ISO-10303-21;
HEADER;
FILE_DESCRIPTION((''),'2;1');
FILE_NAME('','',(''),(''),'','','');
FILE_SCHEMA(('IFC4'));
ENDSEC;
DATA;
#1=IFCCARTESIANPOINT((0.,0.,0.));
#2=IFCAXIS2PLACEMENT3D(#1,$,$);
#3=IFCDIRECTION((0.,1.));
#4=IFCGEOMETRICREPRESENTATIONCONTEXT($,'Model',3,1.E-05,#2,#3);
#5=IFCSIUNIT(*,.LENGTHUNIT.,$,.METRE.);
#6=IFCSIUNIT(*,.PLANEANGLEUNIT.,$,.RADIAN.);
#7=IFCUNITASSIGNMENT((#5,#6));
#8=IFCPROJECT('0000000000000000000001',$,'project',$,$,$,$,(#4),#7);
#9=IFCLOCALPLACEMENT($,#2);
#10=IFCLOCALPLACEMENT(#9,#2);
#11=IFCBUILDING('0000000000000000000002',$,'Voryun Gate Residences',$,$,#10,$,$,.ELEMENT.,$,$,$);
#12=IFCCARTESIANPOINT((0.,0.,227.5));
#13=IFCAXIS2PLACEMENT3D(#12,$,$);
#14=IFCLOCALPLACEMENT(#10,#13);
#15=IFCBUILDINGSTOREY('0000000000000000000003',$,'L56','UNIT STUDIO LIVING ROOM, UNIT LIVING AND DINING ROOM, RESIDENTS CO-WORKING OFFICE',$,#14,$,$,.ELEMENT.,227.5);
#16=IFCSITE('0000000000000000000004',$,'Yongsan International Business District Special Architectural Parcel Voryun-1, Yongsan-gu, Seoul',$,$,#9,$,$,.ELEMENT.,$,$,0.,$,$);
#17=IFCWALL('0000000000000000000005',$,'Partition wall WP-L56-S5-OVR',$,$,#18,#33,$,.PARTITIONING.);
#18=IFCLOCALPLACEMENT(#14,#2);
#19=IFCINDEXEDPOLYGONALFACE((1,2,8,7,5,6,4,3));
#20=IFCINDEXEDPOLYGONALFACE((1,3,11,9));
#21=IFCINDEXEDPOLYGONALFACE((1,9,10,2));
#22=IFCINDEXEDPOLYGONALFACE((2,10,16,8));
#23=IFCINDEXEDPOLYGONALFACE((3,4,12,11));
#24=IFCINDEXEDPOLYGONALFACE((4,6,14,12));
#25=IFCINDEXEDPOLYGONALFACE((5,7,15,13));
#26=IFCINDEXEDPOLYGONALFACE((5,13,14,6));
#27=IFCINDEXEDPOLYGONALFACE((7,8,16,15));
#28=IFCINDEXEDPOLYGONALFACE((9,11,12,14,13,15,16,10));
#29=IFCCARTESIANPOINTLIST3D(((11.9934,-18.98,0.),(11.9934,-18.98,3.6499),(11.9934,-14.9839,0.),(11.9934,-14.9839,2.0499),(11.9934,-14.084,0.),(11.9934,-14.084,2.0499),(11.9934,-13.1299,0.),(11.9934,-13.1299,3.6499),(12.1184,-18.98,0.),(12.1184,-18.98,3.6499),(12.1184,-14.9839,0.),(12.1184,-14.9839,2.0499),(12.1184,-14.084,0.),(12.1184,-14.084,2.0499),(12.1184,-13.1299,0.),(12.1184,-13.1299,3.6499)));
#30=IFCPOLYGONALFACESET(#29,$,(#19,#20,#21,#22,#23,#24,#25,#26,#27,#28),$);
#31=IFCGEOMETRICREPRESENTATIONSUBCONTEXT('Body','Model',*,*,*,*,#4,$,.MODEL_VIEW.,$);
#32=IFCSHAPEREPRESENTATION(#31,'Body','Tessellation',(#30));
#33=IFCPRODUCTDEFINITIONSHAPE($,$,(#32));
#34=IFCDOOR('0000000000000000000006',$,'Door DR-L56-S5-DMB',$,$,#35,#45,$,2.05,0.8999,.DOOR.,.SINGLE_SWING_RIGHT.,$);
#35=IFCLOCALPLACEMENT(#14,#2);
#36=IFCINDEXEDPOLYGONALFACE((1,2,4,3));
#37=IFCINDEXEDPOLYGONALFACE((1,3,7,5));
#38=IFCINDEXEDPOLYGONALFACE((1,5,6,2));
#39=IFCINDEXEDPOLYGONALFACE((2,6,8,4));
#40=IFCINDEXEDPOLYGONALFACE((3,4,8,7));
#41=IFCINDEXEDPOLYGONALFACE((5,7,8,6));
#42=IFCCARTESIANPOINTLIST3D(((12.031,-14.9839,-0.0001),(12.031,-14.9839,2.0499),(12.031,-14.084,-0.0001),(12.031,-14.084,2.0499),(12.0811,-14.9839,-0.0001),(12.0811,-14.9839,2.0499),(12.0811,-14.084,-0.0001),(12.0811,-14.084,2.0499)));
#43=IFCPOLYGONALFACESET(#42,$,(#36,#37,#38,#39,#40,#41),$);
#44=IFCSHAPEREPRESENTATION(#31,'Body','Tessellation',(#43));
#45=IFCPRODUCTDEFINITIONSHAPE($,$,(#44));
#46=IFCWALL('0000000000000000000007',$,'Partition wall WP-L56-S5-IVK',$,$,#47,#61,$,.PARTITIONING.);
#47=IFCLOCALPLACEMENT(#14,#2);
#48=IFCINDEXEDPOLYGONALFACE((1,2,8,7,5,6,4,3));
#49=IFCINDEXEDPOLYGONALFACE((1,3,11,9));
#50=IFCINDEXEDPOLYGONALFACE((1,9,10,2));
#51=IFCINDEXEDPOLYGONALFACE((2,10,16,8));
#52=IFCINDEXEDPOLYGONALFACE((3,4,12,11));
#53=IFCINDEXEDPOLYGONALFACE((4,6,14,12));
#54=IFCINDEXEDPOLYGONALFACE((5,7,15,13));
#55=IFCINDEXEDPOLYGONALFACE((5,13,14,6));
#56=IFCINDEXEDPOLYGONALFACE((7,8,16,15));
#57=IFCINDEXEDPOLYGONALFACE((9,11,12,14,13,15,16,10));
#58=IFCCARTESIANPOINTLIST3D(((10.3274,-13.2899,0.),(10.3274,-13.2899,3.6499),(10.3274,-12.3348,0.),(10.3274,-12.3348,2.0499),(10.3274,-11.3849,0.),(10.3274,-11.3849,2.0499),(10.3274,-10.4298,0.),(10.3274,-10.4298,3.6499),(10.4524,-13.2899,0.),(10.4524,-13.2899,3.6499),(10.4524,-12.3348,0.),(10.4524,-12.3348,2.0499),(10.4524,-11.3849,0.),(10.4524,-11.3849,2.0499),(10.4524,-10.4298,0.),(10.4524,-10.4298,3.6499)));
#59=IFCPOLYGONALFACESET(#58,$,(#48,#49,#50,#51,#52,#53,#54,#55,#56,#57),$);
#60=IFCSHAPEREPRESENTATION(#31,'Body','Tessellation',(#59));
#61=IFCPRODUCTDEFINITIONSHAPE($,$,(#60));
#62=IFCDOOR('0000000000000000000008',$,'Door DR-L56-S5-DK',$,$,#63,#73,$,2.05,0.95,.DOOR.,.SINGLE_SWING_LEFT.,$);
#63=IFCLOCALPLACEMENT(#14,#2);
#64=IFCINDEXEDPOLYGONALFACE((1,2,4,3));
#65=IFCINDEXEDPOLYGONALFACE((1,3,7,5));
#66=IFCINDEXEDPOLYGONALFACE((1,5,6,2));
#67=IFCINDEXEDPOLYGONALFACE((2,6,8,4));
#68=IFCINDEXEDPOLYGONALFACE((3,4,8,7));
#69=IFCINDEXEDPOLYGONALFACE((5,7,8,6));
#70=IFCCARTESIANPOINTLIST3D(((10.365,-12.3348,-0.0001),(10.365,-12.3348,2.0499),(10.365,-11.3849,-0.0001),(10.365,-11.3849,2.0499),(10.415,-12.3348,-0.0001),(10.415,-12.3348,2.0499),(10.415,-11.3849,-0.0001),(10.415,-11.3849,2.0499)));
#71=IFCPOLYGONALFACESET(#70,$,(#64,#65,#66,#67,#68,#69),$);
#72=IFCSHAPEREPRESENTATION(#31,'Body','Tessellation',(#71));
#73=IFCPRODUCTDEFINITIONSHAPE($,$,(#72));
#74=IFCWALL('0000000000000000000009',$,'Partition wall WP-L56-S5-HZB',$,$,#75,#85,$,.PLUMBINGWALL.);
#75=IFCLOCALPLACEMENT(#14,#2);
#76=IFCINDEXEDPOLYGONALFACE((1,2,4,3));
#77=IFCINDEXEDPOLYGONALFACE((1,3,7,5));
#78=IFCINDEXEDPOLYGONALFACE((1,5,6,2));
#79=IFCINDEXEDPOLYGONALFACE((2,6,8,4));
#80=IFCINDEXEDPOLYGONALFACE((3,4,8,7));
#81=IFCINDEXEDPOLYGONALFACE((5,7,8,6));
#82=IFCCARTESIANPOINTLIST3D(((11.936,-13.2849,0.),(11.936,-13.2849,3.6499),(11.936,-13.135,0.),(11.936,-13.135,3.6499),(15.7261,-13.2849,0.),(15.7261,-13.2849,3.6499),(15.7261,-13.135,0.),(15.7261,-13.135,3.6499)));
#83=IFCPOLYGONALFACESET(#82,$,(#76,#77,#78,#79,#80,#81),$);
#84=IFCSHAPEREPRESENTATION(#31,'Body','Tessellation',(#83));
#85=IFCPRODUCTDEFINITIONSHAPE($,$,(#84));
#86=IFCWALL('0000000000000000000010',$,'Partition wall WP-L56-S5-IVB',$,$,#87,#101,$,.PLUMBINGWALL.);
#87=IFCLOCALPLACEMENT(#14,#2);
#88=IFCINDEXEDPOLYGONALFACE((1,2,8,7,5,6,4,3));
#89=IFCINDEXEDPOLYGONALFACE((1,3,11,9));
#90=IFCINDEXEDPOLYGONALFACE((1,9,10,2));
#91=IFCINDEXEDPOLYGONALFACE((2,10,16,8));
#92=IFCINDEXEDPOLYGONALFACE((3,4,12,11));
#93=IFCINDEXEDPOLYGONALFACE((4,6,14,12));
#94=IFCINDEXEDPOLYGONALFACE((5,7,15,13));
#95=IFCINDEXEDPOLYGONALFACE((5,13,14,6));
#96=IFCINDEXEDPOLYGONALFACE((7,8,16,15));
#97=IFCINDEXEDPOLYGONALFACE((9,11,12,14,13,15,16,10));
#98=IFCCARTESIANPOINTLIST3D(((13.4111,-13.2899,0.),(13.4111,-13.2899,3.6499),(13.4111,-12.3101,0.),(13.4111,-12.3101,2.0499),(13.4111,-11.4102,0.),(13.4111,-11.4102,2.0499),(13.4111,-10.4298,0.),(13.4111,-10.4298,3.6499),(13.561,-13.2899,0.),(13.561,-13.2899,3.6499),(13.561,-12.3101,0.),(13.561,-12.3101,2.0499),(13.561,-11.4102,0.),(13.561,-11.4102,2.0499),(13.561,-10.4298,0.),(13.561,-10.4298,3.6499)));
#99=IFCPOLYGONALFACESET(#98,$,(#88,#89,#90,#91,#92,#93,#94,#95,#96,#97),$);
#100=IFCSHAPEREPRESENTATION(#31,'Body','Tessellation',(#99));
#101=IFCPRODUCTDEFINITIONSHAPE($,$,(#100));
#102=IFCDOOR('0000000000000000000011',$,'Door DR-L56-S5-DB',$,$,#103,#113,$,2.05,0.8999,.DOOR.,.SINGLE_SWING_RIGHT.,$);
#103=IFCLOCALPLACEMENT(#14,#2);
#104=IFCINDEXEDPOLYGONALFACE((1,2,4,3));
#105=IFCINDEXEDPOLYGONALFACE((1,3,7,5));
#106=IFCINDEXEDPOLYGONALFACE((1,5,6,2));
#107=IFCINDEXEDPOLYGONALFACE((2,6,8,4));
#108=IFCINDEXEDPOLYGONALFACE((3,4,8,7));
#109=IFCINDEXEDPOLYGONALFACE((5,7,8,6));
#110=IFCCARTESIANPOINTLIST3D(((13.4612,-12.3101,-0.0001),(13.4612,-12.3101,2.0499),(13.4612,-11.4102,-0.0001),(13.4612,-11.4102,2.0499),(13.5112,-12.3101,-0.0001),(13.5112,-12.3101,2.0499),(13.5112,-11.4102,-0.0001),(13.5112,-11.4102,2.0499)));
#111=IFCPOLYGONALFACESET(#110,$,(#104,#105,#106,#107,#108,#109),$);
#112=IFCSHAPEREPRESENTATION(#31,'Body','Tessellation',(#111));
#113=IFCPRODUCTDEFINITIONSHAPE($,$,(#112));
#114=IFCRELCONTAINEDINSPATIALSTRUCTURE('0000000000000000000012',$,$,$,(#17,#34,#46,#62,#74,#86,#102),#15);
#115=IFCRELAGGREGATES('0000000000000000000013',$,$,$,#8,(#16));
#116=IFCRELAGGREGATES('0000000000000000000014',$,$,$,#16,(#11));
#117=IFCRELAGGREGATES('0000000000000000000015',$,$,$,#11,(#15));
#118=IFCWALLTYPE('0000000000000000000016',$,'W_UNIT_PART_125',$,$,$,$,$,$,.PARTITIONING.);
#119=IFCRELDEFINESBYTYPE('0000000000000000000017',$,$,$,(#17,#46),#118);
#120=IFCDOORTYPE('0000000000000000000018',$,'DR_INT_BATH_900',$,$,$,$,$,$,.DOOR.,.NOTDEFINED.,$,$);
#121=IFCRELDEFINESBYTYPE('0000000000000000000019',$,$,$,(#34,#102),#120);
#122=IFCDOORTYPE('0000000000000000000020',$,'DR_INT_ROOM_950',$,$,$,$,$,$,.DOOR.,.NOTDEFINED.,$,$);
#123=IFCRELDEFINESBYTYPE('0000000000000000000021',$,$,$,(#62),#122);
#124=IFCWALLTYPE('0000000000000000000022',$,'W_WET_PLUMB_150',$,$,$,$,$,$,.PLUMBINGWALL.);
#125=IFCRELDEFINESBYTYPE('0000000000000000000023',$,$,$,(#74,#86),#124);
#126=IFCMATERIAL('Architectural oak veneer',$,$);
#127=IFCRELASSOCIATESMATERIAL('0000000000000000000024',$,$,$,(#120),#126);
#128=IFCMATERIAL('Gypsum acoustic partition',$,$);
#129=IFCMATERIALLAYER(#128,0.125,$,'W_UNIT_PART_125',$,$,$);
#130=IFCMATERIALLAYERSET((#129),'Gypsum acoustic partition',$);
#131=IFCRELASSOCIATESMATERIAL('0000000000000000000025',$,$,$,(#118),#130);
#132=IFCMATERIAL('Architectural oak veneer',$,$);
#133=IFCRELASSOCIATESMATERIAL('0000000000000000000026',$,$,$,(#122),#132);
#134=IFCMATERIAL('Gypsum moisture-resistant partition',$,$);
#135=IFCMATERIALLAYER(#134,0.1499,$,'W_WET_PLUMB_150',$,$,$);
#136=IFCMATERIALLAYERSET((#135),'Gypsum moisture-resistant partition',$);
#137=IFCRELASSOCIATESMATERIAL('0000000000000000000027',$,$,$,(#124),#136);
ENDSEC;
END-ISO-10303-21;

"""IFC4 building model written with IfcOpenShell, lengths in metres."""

from ifc_helpers import new_model, si_unit, direction, frame, frame_2d, origin, place, context, subcontext, project, spatial, rectangle, extrude, material, layer, layer_set, type_object, element, fill, save


model = new_model("IFC4")

# Units and contexts
model_context = context("Model", 3, precision=1e-05, world=origin(), true_north=direction((0.0, 1.0)))
body_context = subcontext(model_context, "Body", "Model", "MODEL_VIEW")
ifc_project = project(units=[si_unit("LENGTHUNIT", "METRE"), si_unit("PLANEANGLEUNIT", "RADIAN")], contexts=[model_context])

# Site, building, storey
site_placement = place(None, origin())
site = spatial("IfcSite", under=ifc_project, at=site_placement, Name="Yongsan International Business District Special Architectural Parcel Voryun-1, Yongsan-gu, Seoul", CompositionType="ELEMENT", RefElevation=0.0)
building_placement = place(site_placement, origin())
building = spatial("IfcBuilding", under=site, at=building_placement, Name="Voryun Gate Residences", CompositionType="ELEMENT")
storey_placement = place(building_placement, frame((0.0, 0.0, 227.5)))
storey = spatial("IfcBuildingStorey", under=building, at=storey_placement, Name="L56", Description="UNIT STUDIO LIVING ROOM, UNIT LIVING AND DINING ROOM, RESIDENTS CO-WORKING OFFICE", CompositionType="ELEMENT", Elevation=227.5)

# Shared definitions
ifc_material_1 = material(Name="Architectural oak veneer")
door_type_1 = type_object("IfcDoorType", Name="DR_INT_BATH_900", OperationType="NOTDEFINED", PredefinedType="DOOR", material=ifc_material_1)

# Walls, openings, doors
ifc_material_2 = material(Name="Gypsum acoustic partition")
ifc_layer_1 = layer(ifc_material_2, 0.125, Name="W_UNIT_PART_125")
ifc_layer_set_1 = layer_set([ifc_layer_1], Name="Gypsum acoustic partition")
wall_type_1 = type_object("IfcWallType", Name="W_UNIT_PART_125", PredefinedType="PARTITIONING", material=ifc_layer_set_1)
wall_1_placement = place(storey_placement, frame((12.0559, -18.98, 0.0), z_axis=(0.0, 0.0, 1.0), x_axis=(0.0, 1.0, 0.0)))
wall_1 = element("IfcWall", 1, at=wall_1_placement, inside=storey, type_object=wall_type_1, Name="Partition wall WP-L56-S5-OVR", PredefinedType="PARTITIONING", context=body_context, shape_type="SweptSolid", body=[
    extrude(rectangle(XDim=5.8501, YDim=0.125, at=frame_2d((2.925, 0.0))), origin(), (0.0, 0.0, 1.0), 3.6499),
])
opening_1_placement = place(wall_1_placement, frame((3.9961, 0.0, 0.0)))
opening_1 = element("IfcOpeningElement", 2, at=opening_1_placement, cuts=wall_1, PredefinedType="OPENING", context=body_context, shape_type="SweptSolid", body=[
    extrude(rectangle(XDim=0.8999, YDim=2.05, at=frame_2d((0.45, 1.0249))), frame((0.0, 0.0725, 0.0), z_axis=(0.0, -1.0, 0.0), x_axis=(1.0, 0.0, 0.0)), (0.0, 0.0, 1.0), 0.145),
])
door_1_placement = place(opening_1_placement, origin())
door_1 = element("IfcDoor", 3, at=door_1_placement, inside=storey, type_object=door_type_1, Name="Door DR-L56-S5-DMB", OperationType="SINGLE_SWING_RIGHT", OverallHeight=2.05, OverallWidth=0.8999, PredefinedType="DOOR", context=body_context, shape_type="SweptSolid", body=[
    extrude(rectangle(XDim=0.8999, YDim=2.05, at=frame_2d((0.45, 1.0249))), frame((0.0, 0.0249, 0.0), z_axis=(0.0, -1.0, 0.0), x_axis=(1.0, 0.0, 0.0)), (0.0, 0.0, 1.0), 0.05),
])
fill(opening_1, door_1)
wall_2_placement = place(storey_placement, frame((10.3899, -13.29, 0.0), z_axis=(0.0, 0.0, 1.0), x_axis=(0.0, 1.0, 0.0)))
wall_2 = element("IfcWall", 4, at=wall_2_placement, inside=storey, type_object=wall_type_1, Name="Partition wall WP-L56-S5-IVK", PredefinedType="PARTITIONING", context=body_context, shape_type="SweptSolid", body=[
    extrude(rectangle(XDim=2.8601, YDim=0.125, at=frame_2d((1.4302, 0.0))), origin(), (0.0, 0.0, 1.0), 3.6499),
])
opening_2_placement = place(wall_2_placement, frame((0.9551, 0.0, 0.0)))
opening_2 = element("IfcOpeningElement", 5, at=opening_2_placement, cuts=wall_2, PredefinedType="OPENING", context=body_context, shape_type="SweptSolid", body=[
    extrude(rectangle(XDim=0.95, YDim=2.05, at=frame_2d((0.4751, 1.0249))), frame((0.0, 0.0725, 0.0), z_axis=(0.0, -1.0, 0.0), x_axis=(1.0, 0.0, 0.0)), (0.0, 0.0, 1.0), 0.145),
])
ifc_material_3 = material(Name="Architectural oak veneer")
door_type_2 = type_object("IfcDoorType", Name="DR_INT_ROOM_950", OperationType="NOTDEFINED", PredefinedType="DOOR", material=ifc_material_3)
door_2_placement = place(opening_2_placement, origin())
door_2 = element("IfcDoor", 6, at=door_2_placement, inside=storey, type_object=door_type_2, Name="Door DR-L56-S5-DK", OperationType="SINGLE_SWING_LEFT", OverallHeight=2.05, OverallWidth=0.95, PredefinedType="DOOR", context=body_context, shape_type="SweptSolid", body=[
    extrude(rectangle(XDim=0.95, YDim=2.05, at=frame_2d((0.4751, 1.0249))), frame((0.0, 0.0249, 0.0), z_axis=(0.0, -1.0, 0.0), x_axis=(1.0, 0.0, 0.0)), (0.0, 0.0, 1.0), 0.05),
])
fill(opening_2, door_2)

# Wall
ifc_material_4 = material(Name="Gypsum moisture-resistant partition")
ifc_layer_2 = layer(ifc_material_4, 0.1499, Name="W_WET_PLUMB_150")
ifc_layer_set_2 = layer_set([ifc_layer_2], Name="Gypsum moisture-resistant partition")
wall_type_2 = type_object("IfcWallType", Name="W_WET_PLUMB_150", PredefinedType="PLUMBINGWALL", material=ifc_layer_set_2)
wall_3_placement = place(storey_placement, frame((11.936, -13.21, 0.0), z_axis=(0.0, 0.0, 1.0), x_axis=(1.0, 0.0, 0.0)))
element("IfcWall", 7, at=wall_3_placement, inside=storey, type_object=wall_type_2, Name="Partition wall WP-L56-S5-HZB", PredefinedType="PLUMBINGWALL", context=body_context, shape_type="SweptSolid", body=[
    extrude(rectangle(XDim=3.79, YDim=0.1499, at=frame_2d((1.895, 0.0))), origin(), (0.0, 0.0, 1.0), 3.6499),
])

# Wall, opening, door
wall_4_placement = place(storey_placement, frame((13.4861, -13.29, 0.0), z_axis=(0.0, 0.0, 1.0), x_axis=(0.0, 1.0, 0.0)))
wall_4 = element("IfcWall", 8, at=wall_4_placement, inside=storey, type_object=wall_type_2, Name="Partition wall WP-L56-S5-IVB", PredefinedType="PLUMBINGWALL", context=body_context, shape_type="SweptSolid", body=[
    extrude(rectangle(XDim=2.8601, YDim=0.1499, at=frame_2d((1.4302, 0.0))), origin(), (0.0, 0.0, 1.0), 3.6499),
])
opening_3_placement = place(wall_4_placement, frame((0.98, 0.0, 0.0)))
opening_3 = element("IfcOpeningElement", 9, at=opening_3_placement, cuts=wall_4, PredefinedType="OPENING", context=body_context, shape_type="SweptSolid", body=[
    extrude(rectangle(XDim=0.8999, YDim=2.05, at=frame_2d((0.45, 1.0249))), frame((0.0, 0.085, 0.0), z_axis=(0.0, -1.0, 0.0), x_axis=(1.0, 0.0, 0.0)), (0.0, 0.0, 1.0), 0.1699),
])
door_3_placement = place(opening_3_placement, origin())
door_3 = element("IfcDoor", 10, at=door_3_placement, inside=storey, type_object=door_type_1, Name="Door DR-L56-S5-DB", OperationType="SINGLE_SWING_RIGHT", OverallHeight=2.05, OverallWidth=0.8999, PredefinedType="DOOR", context=body_context, shape_type="SweptSolid", body=[
    extrude(rectangle(XDim=0.8999, YDim=2.05, at=frame_2d((0.45, 1.0249))), frame((0.0, 0.0249, 0.0), z_axis=(0.0, -1.0, 0.0), x_axis=(1.0, 0.0, 0.0)), (0.0, 0.0, 1.0), 0.05),
])
fill(opening_3, door_3)

save(model, "model.ifc")
